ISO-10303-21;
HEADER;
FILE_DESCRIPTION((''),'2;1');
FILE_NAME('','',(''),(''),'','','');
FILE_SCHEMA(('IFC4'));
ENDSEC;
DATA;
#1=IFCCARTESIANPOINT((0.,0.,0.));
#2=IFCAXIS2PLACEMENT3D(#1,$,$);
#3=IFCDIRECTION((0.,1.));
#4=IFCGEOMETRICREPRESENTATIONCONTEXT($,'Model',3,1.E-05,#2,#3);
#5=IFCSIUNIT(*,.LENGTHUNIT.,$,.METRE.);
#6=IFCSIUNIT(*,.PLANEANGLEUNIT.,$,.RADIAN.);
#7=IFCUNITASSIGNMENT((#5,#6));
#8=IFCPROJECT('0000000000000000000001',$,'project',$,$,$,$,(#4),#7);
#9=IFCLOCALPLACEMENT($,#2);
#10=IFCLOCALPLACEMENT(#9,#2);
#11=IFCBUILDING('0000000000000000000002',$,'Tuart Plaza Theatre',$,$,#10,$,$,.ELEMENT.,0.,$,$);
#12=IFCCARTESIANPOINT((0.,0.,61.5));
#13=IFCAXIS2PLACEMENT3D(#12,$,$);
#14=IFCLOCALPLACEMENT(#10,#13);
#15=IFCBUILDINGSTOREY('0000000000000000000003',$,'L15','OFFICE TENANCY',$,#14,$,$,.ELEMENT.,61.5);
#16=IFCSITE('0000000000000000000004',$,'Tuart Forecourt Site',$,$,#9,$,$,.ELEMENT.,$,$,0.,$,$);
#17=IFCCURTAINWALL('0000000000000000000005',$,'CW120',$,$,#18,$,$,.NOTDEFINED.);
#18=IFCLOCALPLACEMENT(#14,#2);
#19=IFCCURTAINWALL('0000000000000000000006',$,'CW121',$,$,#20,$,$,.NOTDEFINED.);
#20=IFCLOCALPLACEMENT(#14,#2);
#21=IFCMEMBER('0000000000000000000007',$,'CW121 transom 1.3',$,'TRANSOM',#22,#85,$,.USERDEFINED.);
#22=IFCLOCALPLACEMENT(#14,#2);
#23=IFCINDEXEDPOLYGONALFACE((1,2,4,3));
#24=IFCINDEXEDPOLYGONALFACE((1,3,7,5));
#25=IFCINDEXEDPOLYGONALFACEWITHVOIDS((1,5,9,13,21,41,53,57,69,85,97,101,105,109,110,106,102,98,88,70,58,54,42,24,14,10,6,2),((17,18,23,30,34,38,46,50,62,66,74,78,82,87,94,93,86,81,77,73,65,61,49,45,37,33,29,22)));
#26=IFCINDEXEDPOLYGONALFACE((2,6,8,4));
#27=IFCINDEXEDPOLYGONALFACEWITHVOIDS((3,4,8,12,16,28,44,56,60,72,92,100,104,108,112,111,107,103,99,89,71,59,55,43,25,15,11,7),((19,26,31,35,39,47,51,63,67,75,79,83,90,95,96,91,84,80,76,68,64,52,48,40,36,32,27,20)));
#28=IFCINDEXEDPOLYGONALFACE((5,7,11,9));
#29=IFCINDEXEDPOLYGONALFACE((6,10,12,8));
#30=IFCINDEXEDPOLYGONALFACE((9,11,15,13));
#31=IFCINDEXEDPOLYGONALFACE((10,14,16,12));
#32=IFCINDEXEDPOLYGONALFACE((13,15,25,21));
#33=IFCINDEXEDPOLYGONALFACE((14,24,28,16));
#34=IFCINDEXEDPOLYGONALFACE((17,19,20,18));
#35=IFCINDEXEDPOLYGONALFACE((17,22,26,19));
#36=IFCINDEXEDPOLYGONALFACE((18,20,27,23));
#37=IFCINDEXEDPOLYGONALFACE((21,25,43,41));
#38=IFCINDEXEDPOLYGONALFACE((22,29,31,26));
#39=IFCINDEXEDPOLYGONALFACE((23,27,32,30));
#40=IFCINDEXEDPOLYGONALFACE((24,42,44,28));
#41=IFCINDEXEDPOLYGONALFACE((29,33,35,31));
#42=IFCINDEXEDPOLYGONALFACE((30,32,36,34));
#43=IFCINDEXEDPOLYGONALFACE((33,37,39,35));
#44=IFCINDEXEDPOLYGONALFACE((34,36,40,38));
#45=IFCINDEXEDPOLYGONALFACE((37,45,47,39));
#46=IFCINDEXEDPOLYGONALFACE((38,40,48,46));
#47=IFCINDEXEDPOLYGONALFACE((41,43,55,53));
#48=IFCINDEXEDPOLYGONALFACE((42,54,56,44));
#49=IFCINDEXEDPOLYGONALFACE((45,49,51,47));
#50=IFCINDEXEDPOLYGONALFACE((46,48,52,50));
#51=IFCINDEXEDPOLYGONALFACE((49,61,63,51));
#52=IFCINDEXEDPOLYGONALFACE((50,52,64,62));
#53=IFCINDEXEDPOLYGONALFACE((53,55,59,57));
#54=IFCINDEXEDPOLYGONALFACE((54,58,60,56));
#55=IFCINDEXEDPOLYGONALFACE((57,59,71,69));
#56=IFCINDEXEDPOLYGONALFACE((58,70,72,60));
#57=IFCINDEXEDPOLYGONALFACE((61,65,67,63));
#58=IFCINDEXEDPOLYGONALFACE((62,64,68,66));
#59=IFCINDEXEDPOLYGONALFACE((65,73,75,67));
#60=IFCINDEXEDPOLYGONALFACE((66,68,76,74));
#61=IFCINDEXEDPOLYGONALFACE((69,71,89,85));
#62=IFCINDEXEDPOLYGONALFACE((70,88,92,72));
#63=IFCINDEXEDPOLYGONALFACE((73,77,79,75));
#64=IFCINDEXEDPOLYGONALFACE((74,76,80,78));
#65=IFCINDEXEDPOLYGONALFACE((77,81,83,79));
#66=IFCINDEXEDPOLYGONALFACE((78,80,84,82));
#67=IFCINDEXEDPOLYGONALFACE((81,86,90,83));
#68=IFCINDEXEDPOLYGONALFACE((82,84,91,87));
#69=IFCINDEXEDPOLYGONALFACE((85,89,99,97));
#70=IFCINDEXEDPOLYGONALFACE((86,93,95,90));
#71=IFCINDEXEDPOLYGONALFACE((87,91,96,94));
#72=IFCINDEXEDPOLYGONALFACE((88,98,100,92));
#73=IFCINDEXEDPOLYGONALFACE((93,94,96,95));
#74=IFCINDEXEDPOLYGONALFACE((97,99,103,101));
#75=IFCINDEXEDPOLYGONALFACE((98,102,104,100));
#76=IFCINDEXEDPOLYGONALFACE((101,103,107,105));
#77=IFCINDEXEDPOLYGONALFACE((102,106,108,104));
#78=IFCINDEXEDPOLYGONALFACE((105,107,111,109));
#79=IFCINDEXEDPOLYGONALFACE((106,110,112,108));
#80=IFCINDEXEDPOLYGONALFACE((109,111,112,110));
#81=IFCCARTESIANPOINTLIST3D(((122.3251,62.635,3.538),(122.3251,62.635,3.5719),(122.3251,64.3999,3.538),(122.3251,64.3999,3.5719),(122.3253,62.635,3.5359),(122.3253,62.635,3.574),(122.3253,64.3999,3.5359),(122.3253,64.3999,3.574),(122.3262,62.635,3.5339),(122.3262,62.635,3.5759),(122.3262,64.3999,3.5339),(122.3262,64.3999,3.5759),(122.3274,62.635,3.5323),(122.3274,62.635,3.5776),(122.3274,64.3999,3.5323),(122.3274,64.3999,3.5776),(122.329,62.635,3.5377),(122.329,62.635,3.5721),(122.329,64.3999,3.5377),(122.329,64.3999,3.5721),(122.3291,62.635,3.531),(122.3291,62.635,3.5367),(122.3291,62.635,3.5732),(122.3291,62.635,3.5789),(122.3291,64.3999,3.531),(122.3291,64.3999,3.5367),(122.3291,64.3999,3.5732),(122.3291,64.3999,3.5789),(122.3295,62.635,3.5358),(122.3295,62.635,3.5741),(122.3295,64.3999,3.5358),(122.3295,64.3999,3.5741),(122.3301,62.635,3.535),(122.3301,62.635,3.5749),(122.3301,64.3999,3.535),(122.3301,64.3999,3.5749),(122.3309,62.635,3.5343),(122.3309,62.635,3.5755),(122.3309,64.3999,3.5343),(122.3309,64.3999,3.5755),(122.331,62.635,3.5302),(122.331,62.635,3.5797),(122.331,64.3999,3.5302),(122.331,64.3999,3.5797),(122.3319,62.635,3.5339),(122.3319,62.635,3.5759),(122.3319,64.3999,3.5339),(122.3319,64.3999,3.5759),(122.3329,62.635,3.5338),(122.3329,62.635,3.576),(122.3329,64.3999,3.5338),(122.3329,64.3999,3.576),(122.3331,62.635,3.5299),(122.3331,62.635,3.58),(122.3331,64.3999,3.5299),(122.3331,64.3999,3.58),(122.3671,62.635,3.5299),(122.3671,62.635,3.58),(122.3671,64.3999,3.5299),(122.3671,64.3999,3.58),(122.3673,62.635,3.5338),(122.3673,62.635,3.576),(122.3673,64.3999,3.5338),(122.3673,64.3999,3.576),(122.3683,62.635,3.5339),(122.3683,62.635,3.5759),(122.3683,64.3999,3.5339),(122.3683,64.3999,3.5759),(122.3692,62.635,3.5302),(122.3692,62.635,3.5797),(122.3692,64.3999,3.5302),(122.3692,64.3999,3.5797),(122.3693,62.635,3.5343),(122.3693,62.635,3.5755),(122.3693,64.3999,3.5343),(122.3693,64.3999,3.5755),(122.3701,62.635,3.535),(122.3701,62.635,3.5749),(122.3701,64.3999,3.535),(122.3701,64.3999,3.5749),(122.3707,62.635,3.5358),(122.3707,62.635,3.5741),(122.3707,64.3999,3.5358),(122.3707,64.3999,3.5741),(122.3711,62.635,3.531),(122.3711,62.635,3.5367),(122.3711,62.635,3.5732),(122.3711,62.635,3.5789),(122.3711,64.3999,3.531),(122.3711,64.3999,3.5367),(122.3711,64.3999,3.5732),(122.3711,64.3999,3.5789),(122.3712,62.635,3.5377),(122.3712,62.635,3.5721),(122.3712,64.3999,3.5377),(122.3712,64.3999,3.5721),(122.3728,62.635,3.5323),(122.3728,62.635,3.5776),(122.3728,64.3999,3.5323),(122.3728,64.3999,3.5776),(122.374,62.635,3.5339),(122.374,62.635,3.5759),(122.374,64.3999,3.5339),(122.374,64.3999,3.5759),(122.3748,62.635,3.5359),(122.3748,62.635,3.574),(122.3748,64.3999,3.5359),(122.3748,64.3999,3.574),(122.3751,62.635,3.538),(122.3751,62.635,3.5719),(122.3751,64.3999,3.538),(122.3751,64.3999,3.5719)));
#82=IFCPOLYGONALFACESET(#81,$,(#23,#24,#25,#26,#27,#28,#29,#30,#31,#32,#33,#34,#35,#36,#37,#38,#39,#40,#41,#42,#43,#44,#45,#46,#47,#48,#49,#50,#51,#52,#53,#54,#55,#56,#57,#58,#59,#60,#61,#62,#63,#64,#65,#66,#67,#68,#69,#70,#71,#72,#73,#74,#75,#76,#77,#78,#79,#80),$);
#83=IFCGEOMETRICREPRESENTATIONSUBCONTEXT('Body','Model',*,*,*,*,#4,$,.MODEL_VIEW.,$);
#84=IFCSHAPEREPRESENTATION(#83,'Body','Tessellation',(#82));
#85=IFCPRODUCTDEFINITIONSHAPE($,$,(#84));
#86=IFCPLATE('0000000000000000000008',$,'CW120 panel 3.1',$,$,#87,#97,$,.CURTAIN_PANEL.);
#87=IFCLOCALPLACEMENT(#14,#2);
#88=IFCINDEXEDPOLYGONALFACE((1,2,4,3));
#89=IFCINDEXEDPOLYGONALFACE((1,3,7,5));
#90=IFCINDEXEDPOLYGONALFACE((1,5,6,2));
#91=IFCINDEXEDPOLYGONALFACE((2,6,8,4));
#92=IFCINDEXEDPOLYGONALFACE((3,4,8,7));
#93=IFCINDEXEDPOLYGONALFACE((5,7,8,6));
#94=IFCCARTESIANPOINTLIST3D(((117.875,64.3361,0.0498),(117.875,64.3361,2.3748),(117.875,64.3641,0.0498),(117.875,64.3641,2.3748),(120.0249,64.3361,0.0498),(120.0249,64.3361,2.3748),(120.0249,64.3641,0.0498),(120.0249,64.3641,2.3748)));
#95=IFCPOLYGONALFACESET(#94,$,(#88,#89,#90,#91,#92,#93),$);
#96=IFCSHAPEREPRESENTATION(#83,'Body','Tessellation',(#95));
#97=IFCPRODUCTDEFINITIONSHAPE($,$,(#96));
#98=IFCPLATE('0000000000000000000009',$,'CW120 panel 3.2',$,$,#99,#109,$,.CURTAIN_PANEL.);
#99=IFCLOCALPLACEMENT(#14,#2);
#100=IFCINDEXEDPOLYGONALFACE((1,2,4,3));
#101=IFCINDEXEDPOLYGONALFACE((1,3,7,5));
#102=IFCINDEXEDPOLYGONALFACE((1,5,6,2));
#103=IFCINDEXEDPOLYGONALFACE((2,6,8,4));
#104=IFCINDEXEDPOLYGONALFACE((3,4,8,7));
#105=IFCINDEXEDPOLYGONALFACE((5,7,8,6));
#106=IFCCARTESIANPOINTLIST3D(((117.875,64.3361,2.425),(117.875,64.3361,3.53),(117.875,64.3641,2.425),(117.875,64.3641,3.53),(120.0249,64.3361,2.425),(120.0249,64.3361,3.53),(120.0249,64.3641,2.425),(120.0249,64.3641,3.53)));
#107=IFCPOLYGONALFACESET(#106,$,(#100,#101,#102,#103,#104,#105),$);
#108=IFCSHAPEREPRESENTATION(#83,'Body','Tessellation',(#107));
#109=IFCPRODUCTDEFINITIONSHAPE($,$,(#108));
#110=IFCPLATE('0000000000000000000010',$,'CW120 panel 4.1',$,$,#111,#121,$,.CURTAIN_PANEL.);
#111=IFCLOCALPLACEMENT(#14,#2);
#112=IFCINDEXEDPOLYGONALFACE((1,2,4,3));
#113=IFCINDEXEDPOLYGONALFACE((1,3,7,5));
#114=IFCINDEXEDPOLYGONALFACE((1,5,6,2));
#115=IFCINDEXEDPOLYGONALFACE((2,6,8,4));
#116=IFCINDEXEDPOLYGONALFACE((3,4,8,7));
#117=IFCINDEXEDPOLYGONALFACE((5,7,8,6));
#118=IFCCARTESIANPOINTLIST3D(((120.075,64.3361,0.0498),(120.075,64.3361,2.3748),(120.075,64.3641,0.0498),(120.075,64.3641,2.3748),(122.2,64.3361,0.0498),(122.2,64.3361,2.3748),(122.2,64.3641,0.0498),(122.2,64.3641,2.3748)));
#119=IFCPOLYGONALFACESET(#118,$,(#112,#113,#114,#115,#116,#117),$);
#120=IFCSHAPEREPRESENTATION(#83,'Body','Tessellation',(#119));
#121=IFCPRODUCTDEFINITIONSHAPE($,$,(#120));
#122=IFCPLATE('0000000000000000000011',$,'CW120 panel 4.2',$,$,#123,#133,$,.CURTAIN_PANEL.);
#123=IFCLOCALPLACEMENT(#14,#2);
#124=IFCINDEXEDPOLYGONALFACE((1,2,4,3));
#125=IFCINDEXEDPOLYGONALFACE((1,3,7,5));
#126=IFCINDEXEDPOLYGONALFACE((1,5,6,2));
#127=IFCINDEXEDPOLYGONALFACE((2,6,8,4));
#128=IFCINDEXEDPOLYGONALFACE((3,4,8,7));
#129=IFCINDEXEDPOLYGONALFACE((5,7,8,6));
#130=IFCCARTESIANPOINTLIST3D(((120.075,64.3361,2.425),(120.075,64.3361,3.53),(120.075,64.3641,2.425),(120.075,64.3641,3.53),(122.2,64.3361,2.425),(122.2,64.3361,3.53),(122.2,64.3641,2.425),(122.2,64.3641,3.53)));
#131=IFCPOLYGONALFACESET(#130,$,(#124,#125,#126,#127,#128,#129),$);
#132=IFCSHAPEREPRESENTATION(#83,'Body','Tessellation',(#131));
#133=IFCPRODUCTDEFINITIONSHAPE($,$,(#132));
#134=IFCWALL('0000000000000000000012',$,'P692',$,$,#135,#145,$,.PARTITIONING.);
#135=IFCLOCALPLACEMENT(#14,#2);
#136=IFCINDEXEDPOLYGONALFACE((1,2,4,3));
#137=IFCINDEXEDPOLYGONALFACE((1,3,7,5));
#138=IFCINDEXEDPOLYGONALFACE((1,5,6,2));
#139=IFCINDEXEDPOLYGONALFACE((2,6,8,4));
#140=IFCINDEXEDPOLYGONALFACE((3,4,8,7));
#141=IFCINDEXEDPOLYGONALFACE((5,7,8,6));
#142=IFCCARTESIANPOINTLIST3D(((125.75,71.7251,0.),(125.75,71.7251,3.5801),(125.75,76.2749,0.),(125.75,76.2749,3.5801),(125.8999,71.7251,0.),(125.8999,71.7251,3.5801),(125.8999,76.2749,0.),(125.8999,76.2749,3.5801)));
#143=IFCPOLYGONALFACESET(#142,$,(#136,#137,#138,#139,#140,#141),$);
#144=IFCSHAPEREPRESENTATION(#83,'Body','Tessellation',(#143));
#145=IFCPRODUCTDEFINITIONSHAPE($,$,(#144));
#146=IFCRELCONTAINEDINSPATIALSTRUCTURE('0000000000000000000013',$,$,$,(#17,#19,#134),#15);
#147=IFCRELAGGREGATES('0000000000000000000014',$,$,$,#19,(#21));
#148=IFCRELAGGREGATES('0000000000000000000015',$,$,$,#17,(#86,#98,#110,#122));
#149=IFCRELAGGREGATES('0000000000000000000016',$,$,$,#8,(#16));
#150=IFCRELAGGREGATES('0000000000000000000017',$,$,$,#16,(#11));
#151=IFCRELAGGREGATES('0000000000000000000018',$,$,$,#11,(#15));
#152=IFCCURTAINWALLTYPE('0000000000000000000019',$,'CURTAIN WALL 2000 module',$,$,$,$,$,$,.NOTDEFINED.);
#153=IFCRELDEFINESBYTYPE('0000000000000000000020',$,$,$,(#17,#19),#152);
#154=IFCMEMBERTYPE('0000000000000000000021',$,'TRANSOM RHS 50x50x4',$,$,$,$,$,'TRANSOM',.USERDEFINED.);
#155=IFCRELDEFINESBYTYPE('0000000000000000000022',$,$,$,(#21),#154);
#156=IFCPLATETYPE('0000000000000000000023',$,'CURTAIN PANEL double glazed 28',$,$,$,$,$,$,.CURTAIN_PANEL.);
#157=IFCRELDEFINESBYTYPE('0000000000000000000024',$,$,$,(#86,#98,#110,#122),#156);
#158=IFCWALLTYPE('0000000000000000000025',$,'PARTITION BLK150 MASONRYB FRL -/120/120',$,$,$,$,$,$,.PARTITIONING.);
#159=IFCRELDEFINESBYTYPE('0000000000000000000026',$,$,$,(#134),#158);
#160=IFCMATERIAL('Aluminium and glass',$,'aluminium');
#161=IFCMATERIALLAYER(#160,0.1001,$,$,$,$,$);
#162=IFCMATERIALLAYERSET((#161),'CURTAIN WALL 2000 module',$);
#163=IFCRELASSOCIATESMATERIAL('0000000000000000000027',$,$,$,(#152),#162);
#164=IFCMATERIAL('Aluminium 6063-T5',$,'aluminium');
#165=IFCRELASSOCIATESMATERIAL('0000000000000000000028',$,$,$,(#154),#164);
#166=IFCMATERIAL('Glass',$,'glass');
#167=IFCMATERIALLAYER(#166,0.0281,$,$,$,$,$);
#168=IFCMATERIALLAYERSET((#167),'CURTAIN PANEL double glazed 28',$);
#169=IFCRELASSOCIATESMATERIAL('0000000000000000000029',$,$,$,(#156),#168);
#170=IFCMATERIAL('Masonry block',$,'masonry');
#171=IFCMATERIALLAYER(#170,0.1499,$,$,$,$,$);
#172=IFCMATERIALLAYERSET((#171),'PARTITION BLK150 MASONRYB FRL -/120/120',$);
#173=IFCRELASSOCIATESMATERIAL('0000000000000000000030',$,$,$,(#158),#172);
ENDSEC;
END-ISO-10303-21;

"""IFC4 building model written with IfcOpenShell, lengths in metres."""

from ifc_helpers import new_model, si_unit, direction, frame, frame_2d, origin, origin_2d, place, context, subcontext, project, spatial, rectangle, hollow_rectangle, extrude, material, layer, layer_set, material_profile, profile_set, type_object, element, aggregate, save


model = new_model("IFC4")

# Units and contexts
model_context = context("Model", 3, precision=1e-05, world=origin(), true_north=direction((0.0, 1.0)))
body_context = subcontext(model_context, "Body", "Model", "MODEL_VIEW")
ifc_project = project(units=[si_unit("LENGTHUNIT", "METRE"), si_unit("PLANEANGLEUNIT", "RADIAN")], contexts=[model_context])

# Site, building, storey
site_placement = place(None, origin())
site = spatial("IfcSite", under=ifc_project, at=site_placement, Name="Tuart Forecourt Site", CompositionType="ELEMENT", RefElevation=0.0)
building_placement = place(site_placement, origin())
building = spatial("IfcBuilding", under=site, at=building_placement, Name="Tuart Plaza Theatre", CompositionType="ELEMENT", ElevationOfRefHeight=0.0)
storey_placement = place(building_placement, frame((0.0, 0.0, 61.5)))
storey = spatial("IfcBuildingStorey", under=building, at=storey_placement, Name="L15", Description="OFFICE TENANCY", CompositionType="ELEMENT", Elevation=61.5)

# Curtain wall
ifc_material_1 = material(Name="Aluminium and glass", Category="aluminium")
ifc_layer_1 = layer(ifc_material_1, 0.1001)
ifc_layer_set_1 = layer_set([ifc_layer_1], Name="CURTAIN WALL 2000 module")
curtain_wall_type = type_object("IfcCurtainWallType", Name="CURTAIN WALL 2000 module", PredefinedType="NOTDEFINED", material=ifc_layer_set_1)
curtain_wall_1_placement = place(storey_placement, origin())
curtain_wall_1 = element("IfcCurtainWall", 1, at=curtain_wall_1_placement, inside=storey, type_object=curtain_wall_type, Name="CW120", PredefinedType="NOTDEFINED")

# Curtain wall
curtain_wall_2_placement = place(storey_placement, origin())
curtain_wall_2 = element("IfcCurtainWall", 2, at=curtain_wall_2_placement, inside=storey, type_object=curtain_wall_type, Name="CW121", PredefinedType="NOTDEFINED")

# Member
ifc_material_2 = material(Name="Aluminium 6063-T5", Category="aluminium")
ifc_material_profile_1 = material_profile(ifc_material_2, hollow_rectangle(XDim=0.05, YDim=0.05, WallThickness=0.0039, InnerFilletRadius=0.0039, OuterFilletRadius=0.0081, at=origin_2d()), Name="RHS 50x50x4")
ifc_profile_set_1 = profile_set([ifc_material_profile_1], Name="Aluminium 6063-T5")
member_type_1 = type_object("IfcMemberType", Name="TRANSOM RHS 50x50x4", ElementType="TRANSOM", PredefinedType="USERDEFINED", material=ifc_profile_set_1)
member_1_placement = place(storey_placement, frame((122.3501, 64.3999, 3.5549), z_axis=(0.0, -1.0, 0.0), x_axis=(1.0, 0.0, 0.0)))
member_1 = element("IfcMember", 3, at=member_1_placement, type_object=member_type_1, Name="CW121 transom 1.3", ObjectType="TRANSOM", PredefinedType="USERDEFINED", context=body_context, shape_type="SweptSolid", body=[
    extrude(hollow_rectangle(XDim=0.05, YDim=0.05, WallThickness=0.0039, InnerFilletRadius=0.0039, OuterFilletRadius=0.0081, at=origin_2d()), origin(), (0.0, 0.0, 1.0), 1.7649),
])
aggregate(curtain_wall_2, [member_1])

# Plates
ifc_material_3 = material(Name="Glass", Category="glass")
ifc_layer_2 = layer(ifc_material_3, 0.0281)
ifc_layer_set_2 = layer_set([ifc_layer_2], Name="CURTAIN PANEL double glazed 28")
plate_type = type_object("IfcPlateType", Name="CURTAIN PANEL double glazed 28", PredefinedType="CURTAIN_PANEL", material=ifc_layer_set_2)
plate_1_placement = place(storey_placement, frame((118.95, 64.3501, 0.0498), z_axis=(0.0, 0.0, 1.0), x_axis=(1.0, 0.0, 0.0)))
plate_1 = element("IfcPlate", 4, at=plate_1_placement, type_object=plate_type, Name="CW120 panel 3.1", PredefinedType="CURTAIN_PANEL", context=body_context, shape_type="SweptSolid", body=[
    extrude(rectangle(XDim=2.1499, YDim=0.0281, at=origin_2d()), origin(), (0.0, 0.0, 1.0), 2.325),
])
plate_2_placement = place(storey_placement, frame((118.95, 64.3501, 2.425), z_axis=(0.0, 0.0, 1.0), x_axis=(1.0, 0.0, 0.0)))
plate_2 = element("IfcPlate", 5, at=plate_2_placement, type_object=plate_type, Name="CW120 panel 3.2", PredefinedType="CURTAIN_PANEL", context=body_context, shape_type="SweptSolid", body=[
    extrude(rectangle(XDim=2.1499, YDim=0.0281, at=origin_2d()), origin(), (0.0, 0.0, 1.0), 1.105),
])
plate_3_placement = place(storey_placement, frame((121.1375, 64.3501, 0.0498), z_axis=(0.0, 0.0, 1.0), x_axis=(1.0, 0.0, 0.0)))
plate_3 = element("IfcPlate", 6, at=plate_3_placement, type_object=plate_type, Name="CW120 panel 4.1", PredefinedType="CURTAIN_PANEL", context=body_context, shape_type="SweptSolid", body=[
    extrude(rectangle(XDim=2.125, YDim=0.0281, at=origin_2d()), origin(), (0.0, 0.0, 1.0), 2.325),
])
plate_4_placement = place(storey_placement, frame((121.1375, 64.3501, 2.425), z_axis=(0.0, 0.0, 1.0), x_axis=(1.0, 0.0, 0.0)))
plate_4 = element("IfcPlate", 7, at=plate_4_placement, type_object=plate_type, Name="CW120 panel 4.2", PredefinedType="CURTAIN_PANEL", context=body_context, shape_type="SweptSolid", body=[
    extrude(rectangle(XDim=2.125, YDim=0.0281, at=origin_2d()), origin(), (0.0, 0.0, 1.0), 1.105),
])
aggregate(curtain_wall_1, [plate_1, plate_2, plate_3, plate_4])

# Wall
ifc_material_4 = material(Name="Masonry block", Category="masonry")
ifc_layer_3 = layer(ifc_material_4, 0.1499)
ifc_layer_set_3 = layer_set([ifc_layer_3], Name="PARTITION BLK150 MASONRYB FRL -/120/120")
wall_type_1 = type_object("IfcWallType", Name="PARTITION BLK150 MASONRYB FRL -/120/120", PredefinedType="PARTITIONING", material=ifc_layer_set_3)
wall_1_placement = place(storey_placement, frame((125.825, 71.7251, 0.0), z_axis=(0.0, 0.0, 1.0), x_axis=(0.0, 1.0, 0.0)))
element("IfcWall", 8, at=wall_1_placement, inside=storey, type_object=wall_type_1, Name="P692", PredefinedType="PARTITIONING", context=body_context, shape_type="SweptSolid", body=[
    extrude(rectangle(XDim=4.5498, YDim=0.1499, at=frame_2d((2.2749, 0.0))), origin(), (0.0, 0.0, 1.0), 3.5801),
])

save(model, "model.ifc")
